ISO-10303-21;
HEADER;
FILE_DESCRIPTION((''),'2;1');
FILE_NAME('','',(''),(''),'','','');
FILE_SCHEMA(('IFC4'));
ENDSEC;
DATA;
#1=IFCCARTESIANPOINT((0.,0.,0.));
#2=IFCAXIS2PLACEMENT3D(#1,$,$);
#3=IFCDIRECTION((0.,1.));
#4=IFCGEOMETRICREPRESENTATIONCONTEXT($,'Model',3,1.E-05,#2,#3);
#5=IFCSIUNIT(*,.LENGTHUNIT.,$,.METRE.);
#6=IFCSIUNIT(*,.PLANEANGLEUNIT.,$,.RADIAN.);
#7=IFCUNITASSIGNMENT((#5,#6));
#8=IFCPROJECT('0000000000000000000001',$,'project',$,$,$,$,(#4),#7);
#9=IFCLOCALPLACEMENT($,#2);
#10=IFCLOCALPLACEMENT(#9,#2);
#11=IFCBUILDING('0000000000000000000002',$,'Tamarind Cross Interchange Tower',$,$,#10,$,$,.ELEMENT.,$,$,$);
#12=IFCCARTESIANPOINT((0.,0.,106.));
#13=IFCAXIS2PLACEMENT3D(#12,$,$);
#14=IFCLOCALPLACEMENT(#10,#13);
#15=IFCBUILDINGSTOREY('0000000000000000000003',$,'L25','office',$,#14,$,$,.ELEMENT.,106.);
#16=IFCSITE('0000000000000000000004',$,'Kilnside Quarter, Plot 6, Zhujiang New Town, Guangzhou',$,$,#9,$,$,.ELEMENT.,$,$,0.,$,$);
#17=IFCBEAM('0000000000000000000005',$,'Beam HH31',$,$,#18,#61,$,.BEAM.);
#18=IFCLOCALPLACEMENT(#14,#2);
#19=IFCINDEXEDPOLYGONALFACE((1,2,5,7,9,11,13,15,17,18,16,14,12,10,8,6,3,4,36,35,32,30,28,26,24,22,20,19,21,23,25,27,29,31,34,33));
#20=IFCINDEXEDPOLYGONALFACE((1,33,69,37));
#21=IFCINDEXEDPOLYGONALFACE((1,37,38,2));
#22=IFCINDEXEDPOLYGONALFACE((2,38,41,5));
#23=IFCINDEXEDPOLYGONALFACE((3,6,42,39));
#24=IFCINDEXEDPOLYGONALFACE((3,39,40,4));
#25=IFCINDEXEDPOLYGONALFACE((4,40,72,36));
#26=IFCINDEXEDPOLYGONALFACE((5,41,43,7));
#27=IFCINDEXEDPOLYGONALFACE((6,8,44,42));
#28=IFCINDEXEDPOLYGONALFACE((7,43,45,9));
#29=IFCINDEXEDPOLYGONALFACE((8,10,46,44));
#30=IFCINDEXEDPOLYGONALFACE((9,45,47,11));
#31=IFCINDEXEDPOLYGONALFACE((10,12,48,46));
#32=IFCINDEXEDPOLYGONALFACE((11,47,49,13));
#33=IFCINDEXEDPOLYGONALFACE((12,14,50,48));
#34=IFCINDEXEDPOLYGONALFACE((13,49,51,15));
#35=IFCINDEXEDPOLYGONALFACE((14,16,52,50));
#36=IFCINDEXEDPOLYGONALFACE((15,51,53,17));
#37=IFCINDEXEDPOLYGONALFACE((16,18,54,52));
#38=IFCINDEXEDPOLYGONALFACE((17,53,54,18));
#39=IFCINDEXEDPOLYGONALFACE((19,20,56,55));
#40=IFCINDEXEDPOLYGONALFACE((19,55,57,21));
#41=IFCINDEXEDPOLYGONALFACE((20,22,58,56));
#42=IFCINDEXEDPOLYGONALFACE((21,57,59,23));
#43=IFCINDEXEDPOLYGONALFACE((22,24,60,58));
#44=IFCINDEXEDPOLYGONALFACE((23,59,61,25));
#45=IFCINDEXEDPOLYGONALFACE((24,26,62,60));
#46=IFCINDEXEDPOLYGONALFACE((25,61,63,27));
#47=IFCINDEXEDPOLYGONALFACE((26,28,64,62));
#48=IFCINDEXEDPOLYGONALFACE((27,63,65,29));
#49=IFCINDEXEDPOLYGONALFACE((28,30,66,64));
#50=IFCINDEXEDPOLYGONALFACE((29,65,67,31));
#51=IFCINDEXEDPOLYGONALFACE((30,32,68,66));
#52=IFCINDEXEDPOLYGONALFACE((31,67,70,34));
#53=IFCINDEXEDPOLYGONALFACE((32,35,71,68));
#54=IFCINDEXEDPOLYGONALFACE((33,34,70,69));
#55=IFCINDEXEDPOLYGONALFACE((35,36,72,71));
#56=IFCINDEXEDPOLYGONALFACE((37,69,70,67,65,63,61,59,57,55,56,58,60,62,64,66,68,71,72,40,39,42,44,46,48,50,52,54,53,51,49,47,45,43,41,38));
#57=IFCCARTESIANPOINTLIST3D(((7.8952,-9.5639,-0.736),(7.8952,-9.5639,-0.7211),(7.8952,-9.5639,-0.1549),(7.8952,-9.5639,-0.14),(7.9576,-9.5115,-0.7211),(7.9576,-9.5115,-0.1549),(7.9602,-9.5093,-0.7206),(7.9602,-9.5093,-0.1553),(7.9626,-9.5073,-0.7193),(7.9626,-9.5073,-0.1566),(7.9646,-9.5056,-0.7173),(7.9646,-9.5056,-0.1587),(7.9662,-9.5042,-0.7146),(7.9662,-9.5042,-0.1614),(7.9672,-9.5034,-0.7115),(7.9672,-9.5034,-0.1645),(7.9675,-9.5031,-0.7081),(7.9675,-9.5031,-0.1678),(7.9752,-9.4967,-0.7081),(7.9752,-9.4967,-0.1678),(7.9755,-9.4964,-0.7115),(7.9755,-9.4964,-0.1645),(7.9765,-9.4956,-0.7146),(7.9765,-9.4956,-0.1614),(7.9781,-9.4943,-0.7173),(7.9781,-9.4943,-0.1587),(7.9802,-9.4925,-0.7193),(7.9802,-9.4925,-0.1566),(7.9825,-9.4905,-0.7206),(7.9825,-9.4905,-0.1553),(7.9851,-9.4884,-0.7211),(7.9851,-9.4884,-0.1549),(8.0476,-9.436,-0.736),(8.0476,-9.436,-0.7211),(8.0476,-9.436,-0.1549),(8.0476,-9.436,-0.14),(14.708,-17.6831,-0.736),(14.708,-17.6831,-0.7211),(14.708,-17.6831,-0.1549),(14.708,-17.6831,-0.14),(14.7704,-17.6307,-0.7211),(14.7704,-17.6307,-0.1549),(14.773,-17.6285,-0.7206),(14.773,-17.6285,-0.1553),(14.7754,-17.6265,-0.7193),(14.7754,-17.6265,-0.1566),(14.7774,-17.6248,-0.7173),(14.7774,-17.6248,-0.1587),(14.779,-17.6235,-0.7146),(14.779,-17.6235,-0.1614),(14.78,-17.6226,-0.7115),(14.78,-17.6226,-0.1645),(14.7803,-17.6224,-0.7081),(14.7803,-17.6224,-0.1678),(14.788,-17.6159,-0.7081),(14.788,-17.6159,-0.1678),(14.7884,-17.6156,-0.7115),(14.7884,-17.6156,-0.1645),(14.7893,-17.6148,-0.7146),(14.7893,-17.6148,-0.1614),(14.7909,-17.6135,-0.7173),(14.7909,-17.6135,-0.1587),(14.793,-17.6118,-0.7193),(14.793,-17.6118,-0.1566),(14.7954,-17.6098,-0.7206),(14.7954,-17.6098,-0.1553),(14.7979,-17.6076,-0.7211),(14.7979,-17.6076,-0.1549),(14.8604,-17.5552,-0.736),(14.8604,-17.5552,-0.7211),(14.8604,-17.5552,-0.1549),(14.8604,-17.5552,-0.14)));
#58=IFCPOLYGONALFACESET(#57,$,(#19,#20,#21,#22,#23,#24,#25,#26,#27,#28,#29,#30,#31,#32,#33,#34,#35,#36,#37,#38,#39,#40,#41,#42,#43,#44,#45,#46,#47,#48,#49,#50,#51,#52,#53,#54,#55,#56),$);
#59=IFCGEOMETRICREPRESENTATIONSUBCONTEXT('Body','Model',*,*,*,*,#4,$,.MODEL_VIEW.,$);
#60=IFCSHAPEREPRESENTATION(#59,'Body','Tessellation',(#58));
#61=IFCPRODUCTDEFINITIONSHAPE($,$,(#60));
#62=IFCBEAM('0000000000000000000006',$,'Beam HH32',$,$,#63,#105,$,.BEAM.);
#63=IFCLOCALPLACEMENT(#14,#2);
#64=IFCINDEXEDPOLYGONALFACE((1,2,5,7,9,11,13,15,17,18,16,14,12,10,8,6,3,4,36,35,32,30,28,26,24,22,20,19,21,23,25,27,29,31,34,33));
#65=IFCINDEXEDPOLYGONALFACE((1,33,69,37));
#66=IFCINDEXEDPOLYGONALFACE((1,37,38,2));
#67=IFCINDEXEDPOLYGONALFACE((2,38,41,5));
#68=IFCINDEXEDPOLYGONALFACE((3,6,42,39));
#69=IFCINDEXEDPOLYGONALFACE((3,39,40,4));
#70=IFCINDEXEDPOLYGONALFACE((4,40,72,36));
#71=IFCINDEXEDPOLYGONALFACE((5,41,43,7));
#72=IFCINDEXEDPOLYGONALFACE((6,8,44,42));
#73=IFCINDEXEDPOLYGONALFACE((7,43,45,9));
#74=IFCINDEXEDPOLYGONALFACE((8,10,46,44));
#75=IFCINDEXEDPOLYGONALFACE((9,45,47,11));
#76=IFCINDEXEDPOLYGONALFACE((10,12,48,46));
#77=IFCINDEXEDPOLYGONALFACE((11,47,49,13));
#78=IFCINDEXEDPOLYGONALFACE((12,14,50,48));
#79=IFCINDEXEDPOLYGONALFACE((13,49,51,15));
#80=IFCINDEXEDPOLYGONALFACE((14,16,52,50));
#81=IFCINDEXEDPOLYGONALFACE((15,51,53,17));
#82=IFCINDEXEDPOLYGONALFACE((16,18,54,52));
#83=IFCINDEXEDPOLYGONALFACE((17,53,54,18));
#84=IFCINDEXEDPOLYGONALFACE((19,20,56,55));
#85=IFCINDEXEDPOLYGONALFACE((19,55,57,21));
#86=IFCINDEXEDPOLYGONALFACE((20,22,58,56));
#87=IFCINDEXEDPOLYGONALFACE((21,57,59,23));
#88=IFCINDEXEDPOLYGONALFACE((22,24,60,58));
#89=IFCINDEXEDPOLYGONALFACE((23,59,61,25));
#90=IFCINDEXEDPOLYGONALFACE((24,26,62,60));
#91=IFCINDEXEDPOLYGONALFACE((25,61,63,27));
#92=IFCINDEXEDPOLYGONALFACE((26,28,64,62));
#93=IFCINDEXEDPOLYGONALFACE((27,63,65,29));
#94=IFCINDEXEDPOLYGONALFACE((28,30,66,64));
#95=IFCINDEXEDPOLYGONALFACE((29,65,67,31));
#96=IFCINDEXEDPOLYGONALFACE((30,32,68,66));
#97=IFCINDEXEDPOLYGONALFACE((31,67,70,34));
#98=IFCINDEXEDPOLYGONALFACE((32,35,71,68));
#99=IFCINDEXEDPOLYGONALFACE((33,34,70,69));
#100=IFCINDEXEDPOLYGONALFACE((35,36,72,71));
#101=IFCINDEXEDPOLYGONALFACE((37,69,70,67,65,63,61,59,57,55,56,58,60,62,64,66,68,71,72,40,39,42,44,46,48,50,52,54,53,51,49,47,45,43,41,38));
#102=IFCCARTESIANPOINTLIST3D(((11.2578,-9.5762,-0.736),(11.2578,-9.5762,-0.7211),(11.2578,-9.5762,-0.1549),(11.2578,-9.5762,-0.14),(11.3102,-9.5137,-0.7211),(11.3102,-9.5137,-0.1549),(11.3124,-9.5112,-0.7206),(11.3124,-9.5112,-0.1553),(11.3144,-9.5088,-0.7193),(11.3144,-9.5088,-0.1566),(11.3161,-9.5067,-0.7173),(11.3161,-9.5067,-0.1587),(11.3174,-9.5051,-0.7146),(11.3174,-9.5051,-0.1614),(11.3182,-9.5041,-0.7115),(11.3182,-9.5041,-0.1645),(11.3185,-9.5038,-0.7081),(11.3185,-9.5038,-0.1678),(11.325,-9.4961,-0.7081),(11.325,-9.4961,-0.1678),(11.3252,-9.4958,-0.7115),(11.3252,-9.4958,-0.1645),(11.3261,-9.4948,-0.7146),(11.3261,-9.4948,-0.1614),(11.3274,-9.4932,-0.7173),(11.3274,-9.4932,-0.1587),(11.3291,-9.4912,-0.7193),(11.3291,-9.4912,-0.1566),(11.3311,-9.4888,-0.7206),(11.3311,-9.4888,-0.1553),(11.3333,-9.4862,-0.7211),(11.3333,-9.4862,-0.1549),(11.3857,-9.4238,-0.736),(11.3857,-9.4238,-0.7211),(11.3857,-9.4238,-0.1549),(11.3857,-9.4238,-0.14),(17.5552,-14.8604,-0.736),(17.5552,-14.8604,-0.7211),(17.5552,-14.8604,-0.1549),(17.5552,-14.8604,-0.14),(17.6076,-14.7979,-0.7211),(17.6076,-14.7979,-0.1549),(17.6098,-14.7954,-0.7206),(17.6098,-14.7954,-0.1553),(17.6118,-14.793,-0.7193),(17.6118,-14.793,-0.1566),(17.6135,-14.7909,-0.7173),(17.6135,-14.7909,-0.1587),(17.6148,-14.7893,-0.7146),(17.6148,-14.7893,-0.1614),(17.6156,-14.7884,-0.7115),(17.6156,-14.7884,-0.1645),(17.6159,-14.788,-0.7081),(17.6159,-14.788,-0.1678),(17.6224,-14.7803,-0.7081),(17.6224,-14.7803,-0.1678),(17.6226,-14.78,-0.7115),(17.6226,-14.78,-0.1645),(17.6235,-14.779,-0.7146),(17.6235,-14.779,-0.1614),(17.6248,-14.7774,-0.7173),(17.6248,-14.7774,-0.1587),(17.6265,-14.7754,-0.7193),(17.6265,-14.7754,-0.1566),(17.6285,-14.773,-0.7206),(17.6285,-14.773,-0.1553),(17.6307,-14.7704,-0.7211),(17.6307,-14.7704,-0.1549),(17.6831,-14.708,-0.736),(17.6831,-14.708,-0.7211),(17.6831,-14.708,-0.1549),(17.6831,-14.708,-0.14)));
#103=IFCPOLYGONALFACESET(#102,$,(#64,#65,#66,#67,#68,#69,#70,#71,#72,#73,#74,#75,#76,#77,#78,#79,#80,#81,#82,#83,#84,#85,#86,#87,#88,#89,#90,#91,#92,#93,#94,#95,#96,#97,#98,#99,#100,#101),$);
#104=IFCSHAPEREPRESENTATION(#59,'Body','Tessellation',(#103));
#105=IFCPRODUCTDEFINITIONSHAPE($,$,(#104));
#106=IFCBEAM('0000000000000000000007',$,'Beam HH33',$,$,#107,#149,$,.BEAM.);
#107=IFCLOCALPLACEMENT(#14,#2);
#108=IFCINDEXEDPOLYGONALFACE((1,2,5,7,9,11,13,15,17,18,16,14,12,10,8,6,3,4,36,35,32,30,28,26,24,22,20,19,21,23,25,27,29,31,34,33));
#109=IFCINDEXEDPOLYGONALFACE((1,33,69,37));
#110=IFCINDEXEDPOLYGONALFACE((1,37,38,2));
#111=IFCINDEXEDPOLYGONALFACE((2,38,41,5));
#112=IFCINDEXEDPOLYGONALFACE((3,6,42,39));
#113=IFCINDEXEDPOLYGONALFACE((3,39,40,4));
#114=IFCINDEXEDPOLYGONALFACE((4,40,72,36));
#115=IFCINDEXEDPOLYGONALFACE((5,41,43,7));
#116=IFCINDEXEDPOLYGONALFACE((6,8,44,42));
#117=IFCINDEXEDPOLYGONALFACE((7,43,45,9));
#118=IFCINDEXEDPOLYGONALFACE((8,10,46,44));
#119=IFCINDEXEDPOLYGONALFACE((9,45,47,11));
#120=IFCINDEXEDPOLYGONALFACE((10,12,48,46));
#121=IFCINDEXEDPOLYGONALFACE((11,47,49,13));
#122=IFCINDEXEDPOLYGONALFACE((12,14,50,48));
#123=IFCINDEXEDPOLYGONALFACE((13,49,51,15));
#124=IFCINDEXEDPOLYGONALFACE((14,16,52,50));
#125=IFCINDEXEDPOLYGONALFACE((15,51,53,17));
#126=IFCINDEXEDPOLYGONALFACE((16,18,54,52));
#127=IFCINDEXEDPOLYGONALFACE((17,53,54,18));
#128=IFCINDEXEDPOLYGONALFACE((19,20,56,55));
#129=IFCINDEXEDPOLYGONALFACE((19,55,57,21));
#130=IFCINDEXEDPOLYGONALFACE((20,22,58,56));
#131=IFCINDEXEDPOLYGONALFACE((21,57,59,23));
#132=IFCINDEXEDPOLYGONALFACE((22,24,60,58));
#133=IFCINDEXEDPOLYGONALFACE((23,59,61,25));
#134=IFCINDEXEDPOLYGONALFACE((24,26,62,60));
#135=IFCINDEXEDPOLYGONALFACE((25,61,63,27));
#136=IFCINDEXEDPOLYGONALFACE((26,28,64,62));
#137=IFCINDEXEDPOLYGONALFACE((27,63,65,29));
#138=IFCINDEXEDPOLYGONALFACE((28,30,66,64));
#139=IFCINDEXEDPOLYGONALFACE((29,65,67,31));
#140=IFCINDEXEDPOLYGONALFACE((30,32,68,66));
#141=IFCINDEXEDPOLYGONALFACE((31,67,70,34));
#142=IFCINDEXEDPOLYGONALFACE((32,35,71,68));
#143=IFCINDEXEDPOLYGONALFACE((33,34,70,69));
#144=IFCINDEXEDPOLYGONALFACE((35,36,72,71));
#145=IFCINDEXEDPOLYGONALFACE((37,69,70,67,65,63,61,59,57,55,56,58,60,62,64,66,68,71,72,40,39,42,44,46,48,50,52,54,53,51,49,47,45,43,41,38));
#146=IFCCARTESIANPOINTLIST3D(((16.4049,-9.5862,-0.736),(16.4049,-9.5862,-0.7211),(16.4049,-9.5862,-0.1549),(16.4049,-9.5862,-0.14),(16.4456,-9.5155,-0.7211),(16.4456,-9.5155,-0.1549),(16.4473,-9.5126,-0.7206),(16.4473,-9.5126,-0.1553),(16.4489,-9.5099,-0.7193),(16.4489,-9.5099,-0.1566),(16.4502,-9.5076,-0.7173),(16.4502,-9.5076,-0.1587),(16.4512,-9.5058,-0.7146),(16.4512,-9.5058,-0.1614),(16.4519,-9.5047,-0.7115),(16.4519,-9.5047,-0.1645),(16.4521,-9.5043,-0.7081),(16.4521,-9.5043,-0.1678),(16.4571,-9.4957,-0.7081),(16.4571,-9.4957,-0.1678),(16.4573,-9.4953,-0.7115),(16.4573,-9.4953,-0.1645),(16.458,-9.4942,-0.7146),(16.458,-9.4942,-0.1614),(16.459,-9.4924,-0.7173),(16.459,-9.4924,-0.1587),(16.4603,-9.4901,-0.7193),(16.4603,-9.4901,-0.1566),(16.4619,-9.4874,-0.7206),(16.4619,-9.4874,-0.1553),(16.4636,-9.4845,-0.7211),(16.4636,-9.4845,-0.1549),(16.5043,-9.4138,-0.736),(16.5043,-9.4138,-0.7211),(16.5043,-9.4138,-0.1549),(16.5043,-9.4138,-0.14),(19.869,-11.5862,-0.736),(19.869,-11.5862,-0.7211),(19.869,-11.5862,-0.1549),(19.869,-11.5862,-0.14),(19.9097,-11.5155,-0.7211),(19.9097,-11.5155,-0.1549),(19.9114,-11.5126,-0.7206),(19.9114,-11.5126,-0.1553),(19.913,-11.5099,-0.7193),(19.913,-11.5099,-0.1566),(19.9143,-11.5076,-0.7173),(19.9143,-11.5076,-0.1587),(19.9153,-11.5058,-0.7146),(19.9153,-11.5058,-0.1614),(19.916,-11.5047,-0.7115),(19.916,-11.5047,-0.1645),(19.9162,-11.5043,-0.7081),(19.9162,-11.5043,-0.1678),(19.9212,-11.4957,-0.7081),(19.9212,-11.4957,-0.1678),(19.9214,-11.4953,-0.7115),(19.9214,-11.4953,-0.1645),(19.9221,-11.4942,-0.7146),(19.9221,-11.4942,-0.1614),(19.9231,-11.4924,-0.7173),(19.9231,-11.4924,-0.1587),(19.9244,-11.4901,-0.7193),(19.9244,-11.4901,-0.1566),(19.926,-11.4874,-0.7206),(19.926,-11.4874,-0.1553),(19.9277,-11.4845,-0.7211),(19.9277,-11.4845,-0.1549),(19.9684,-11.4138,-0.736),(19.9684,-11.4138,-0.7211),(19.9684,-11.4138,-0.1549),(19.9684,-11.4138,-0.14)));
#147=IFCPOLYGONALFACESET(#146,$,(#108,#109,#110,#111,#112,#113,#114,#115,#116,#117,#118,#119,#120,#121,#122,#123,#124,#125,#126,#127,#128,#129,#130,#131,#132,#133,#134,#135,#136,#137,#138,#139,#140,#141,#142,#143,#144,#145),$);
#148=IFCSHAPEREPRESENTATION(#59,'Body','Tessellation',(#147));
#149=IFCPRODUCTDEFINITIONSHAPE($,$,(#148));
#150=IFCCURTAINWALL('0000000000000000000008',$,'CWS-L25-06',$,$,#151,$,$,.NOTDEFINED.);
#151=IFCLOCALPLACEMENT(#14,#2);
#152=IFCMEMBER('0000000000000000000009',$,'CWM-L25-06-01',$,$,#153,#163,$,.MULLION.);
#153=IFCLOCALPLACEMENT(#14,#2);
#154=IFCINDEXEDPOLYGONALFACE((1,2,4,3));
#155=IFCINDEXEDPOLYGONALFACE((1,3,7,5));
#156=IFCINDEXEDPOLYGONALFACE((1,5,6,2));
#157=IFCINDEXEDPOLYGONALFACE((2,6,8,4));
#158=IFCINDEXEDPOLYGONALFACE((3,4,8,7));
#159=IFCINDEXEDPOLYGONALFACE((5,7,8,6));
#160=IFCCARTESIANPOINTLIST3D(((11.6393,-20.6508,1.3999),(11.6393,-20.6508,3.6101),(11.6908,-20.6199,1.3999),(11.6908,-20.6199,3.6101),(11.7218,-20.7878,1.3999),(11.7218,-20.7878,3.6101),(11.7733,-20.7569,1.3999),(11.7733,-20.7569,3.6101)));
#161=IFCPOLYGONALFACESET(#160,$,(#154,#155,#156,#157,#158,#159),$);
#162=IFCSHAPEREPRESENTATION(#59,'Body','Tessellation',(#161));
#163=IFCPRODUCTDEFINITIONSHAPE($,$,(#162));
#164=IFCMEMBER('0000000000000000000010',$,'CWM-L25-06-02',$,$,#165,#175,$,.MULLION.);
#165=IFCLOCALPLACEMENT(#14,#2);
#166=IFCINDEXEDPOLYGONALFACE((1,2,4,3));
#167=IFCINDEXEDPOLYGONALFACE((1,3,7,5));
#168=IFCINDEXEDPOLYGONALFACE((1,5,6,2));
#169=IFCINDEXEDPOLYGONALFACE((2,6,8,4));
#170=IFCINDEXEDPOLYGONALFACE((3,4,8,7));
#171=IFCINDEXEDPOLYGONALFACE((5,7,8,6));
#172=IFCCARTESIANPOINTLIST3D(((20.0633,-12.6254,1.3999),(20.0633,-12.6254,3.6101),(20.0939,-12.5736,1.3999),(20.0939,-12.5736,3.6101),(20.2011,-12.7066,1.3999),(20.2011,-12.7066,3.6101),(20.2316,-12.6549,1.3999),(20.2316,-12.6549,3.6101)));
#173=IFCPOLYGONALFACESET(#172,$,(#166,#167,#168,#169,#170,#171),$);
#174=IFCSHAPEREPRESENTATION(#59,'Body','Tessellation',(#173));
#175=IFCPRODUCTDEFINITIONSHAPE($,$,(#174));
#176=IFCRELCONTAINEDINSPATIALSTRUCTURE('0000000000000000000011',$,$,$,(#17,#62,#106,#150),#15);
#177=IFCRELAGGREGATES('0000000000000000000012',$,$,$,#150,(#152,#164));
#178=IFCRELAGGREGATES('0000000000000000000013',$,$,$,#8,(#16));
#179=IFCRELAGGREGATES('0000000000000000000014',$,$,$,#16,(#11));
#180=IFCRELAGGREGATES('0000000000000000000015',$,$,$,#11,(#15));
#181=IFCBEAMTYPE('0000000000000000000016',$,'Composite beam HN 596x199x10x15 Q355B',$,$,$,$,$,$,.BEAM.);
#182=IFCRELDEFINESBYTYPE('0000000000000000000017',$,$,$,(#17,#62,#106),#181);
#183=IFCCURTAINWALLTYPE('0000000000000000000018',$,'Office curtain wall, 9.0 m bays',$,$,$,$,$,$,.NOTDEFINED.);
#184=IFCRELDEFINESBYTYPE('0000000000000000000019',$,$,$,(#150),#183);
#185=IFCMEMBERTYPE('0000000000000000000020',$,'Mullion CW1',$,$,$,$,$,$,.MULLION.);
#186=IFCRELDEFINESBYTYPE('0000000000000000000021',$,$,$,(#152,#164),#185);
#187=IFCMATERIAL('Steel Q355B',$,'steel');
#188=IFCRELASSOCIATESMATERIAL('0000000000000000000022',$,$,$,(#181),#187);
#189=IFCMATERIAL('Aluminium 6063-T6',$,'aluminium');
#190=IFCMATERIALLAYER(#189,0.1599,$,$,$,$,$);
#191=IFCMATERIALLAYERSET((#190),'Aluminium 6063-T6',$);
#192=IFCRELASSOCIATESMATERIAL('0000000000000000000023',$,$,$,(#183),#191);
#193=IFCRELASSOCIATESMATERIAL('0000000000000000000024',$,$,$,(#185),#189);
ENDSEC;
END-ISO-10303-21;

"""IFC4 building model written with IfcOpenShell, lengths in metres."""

from ifc_helpers import new_model, si_unit, direction, frame, origin, origin_2d, place, context, subcontext, project, spatial, rectangle, i_section, extrude, material, layer, layer_set, material_profile, profile_set, type_object, element, aggregate, save


model = new_model("IFC4")

# Units and contexts
model_context = context("Model", 3, precision=1e-05, world=origin(), true_north=direction((0.0, 1.0)))
body_context = subcontext(model_context, "Body", "Model", "MODEL_VIEW")
ifc_project = project(units=[si_unit("LENGTHUNIT", "METRE"), si_unit("PLANEANGLEUNIT", "RADIAN")], contexts=[model_context])

# Site, building, storey
site_placement = place(None, origin())
site = spatial("IfcSite", under=ifc_project, at=site_placement, Name="Kilnside Quarter, Plot 6, Zhujiang New Town, Guangzhou", CompositionType="ELEMENT", RefElevation=0.0)
building_placement = place(site_placement, origin())
building = spatial("IfcBuilding", under=site, at=building_placement, Name="Tamarind Cross Interchange Tower", CompositionType="ELEMENT")
storey_placement = place(building_placement, frame((0.0, 0.0, 106.0)))
storey = spatial("IfcBuildingStorey", under=building, at=storey_placement, Name="L25", Description="office", CompositionType="ELEMENT", Elevation=106.0)

# Beams
ifc_material_1 = material(Name="Steel Q355B", Category="steel")
ifc_material_profile_1 = material_profile(ifc_material_1, i_section(OverallWidth=0.199, OverallDepth=0.5959, WebThickness=0.01, FlangeThickness=0.0149, FilletRadius=0.0129, at=origin_2d()), Name="HN 596x199x10x15")
ifc_profile_set_1 = profile_set([ifc_material_profile_1], Name="Steel Q355B")
beam_type = type_object("IfcBeamType", Name="Composite beam HN 596x199x10x15 Q355B", PredefinedType="BEAM", material=ifc_profile_set_1)
beam_1_placement = place(storey_placement, frame((14.7842, -17.6191, -0.438), z_axis=(-0.642786, 0.766046, 0.0), x_axis=(-0.766046, -0.642786, 0.0)))
element("IfcBeam", 1, at=beam_1_placement, inside=storey, type_object=beam_type, Name="Beam HH31", PredefinedType="BEAM", context=body_context, shape_type="SweptSolid", body=[
    extrude(i_section(OverallWidth=0.199, OverallDepth=0.5959, WebThickness=0.01, FlangeThickness=0.0149, FilletRadius=0.0129, at=origin_2d()), origin(), (0.0, 0.0, 1.0), 10.5989),
])
beam_2_placement = place(storey_placement, frame((17.6191, -14.7842, -0.438), z_axis=(-0.766041, 0.642792, 0.0), x_axis=(-0.642792, -0.766041, 0.0)))
element("IfcBeam", 2, at=beam_2_placement, inside=storey, type_object=beam_type, Name="Beam HH32", PredefinedType="BEAM", context=body_context, shape_type="SweptSolid", body=[
    extrude(i_section(OverallWidth=0.199, OverallDepth=0.5959, WebThickness=0.01, FlangeThickness=0.0149, FilletRadius=0.0129, at=origin_2d()), origin(), (0.0, 0.0, 1.0), 8.2207),
])
beam_3_placement = place(storey_placement, frame((19.9187, -11.5, -0.438), z_axis=(-0.866026, 0.499999, 0.0), x_axis=(-0.499999, -0.866026, 0.0)))
element("IfcBeam", 3, at=beam_3_placement, inside=storey, type_object=beam_type, Name="Beam HH33", PredefinedType="BEAM", context=body_context, shape_type="SweptSolid", body=[
    extrude(i_section(OverallWidth=0.199, OverallDepth=0.5959, WebThickness=0.01, FlangeThickness=0.0149, FilletRadius=0.0129, at=origin_2d()), origin(), (0.0, 0.0, 1.0), 4.0),
])

# Curtain wall, members
ifc_material_2 = material(Name="Aluminium 6063-T6", Category="aluminium")
ifc_layer_1 = layer(ifc_material_2, 0.1599)
ifc_layer_set_1 = layer_set([ifc_layer_1], Name="Aluminium 6063-T6")
curtain_wall_type = type_object("IfcCurtainWallType", Name="Office curtain wall, 9.0 m bays", PredefinedType="NOTDEFINED", material=ifc_layer_set_1)
curtain_wall_placement = place(storey_placement, origin())
curtain_wall = element("IfcCurtainWall", 4, at=curtain_wall_placement, inside=storey, type_object=curtain_wall_type, Name="CWS-L25-06", PredefinedType="NOTDEFINED")
ifc_material_profile_2 = material_profile(ifc_material_2, rectangle(XDim=0.0601, YDim=0.1599, at=origin_2d()), Name="Mullion CW1")
ifc_profile_set_2 = profile_set([ifc_material_profile_2], Name="Aluminium 6063-T6")
member_type = type_object("IfcMemberType", Name="Mullion CW1", PredefinedType="MULLION", material=ifc_profile_set_2)
member_1_placement = place(storey_placement, frame((11.7063, -20.7039, 1.3999), z_axis=(0.0, 0.0, 1.0), x_axis=(0.856843, 0.515577, 0.0)))
member_1 = element("IfcMember", 5, at=member_1_placement, type_object=member_type, Name="CWM-L25-06-01", PredefinedType="MULLION", context=body_context, shape_type="SweptSolid", body=[
    extrude(rectangle(XDim=0.0601, YDim=0.1599, at=origin_2d()), origin(), (0.0, 0.0, 1.0), 2.2102),
])
member_2_placement = place(storey_placement, frame((20.1475, -12.6401, 1.3999), z_axis=(0.0, 0.0, 1.0), x_axis=(0.508183, 0.861249, 0.0)))
member_2 = element("IfcMember", 6, at=member_2_placement, type_object=member_type, Name="CWM-L25-06-02", PredefinedType="MULLION", context=body_context, shape_type="SweptSolid", body=[
    extrude(rectangle(XDim=0.0601, YDim=0.1599, at=origin_2d()), origin(), (0.0, 0.0, 1.0), 2.2102),
])
aggregate(curtain_wall, [member_1, member_2])

save(model, "model.ifc")
